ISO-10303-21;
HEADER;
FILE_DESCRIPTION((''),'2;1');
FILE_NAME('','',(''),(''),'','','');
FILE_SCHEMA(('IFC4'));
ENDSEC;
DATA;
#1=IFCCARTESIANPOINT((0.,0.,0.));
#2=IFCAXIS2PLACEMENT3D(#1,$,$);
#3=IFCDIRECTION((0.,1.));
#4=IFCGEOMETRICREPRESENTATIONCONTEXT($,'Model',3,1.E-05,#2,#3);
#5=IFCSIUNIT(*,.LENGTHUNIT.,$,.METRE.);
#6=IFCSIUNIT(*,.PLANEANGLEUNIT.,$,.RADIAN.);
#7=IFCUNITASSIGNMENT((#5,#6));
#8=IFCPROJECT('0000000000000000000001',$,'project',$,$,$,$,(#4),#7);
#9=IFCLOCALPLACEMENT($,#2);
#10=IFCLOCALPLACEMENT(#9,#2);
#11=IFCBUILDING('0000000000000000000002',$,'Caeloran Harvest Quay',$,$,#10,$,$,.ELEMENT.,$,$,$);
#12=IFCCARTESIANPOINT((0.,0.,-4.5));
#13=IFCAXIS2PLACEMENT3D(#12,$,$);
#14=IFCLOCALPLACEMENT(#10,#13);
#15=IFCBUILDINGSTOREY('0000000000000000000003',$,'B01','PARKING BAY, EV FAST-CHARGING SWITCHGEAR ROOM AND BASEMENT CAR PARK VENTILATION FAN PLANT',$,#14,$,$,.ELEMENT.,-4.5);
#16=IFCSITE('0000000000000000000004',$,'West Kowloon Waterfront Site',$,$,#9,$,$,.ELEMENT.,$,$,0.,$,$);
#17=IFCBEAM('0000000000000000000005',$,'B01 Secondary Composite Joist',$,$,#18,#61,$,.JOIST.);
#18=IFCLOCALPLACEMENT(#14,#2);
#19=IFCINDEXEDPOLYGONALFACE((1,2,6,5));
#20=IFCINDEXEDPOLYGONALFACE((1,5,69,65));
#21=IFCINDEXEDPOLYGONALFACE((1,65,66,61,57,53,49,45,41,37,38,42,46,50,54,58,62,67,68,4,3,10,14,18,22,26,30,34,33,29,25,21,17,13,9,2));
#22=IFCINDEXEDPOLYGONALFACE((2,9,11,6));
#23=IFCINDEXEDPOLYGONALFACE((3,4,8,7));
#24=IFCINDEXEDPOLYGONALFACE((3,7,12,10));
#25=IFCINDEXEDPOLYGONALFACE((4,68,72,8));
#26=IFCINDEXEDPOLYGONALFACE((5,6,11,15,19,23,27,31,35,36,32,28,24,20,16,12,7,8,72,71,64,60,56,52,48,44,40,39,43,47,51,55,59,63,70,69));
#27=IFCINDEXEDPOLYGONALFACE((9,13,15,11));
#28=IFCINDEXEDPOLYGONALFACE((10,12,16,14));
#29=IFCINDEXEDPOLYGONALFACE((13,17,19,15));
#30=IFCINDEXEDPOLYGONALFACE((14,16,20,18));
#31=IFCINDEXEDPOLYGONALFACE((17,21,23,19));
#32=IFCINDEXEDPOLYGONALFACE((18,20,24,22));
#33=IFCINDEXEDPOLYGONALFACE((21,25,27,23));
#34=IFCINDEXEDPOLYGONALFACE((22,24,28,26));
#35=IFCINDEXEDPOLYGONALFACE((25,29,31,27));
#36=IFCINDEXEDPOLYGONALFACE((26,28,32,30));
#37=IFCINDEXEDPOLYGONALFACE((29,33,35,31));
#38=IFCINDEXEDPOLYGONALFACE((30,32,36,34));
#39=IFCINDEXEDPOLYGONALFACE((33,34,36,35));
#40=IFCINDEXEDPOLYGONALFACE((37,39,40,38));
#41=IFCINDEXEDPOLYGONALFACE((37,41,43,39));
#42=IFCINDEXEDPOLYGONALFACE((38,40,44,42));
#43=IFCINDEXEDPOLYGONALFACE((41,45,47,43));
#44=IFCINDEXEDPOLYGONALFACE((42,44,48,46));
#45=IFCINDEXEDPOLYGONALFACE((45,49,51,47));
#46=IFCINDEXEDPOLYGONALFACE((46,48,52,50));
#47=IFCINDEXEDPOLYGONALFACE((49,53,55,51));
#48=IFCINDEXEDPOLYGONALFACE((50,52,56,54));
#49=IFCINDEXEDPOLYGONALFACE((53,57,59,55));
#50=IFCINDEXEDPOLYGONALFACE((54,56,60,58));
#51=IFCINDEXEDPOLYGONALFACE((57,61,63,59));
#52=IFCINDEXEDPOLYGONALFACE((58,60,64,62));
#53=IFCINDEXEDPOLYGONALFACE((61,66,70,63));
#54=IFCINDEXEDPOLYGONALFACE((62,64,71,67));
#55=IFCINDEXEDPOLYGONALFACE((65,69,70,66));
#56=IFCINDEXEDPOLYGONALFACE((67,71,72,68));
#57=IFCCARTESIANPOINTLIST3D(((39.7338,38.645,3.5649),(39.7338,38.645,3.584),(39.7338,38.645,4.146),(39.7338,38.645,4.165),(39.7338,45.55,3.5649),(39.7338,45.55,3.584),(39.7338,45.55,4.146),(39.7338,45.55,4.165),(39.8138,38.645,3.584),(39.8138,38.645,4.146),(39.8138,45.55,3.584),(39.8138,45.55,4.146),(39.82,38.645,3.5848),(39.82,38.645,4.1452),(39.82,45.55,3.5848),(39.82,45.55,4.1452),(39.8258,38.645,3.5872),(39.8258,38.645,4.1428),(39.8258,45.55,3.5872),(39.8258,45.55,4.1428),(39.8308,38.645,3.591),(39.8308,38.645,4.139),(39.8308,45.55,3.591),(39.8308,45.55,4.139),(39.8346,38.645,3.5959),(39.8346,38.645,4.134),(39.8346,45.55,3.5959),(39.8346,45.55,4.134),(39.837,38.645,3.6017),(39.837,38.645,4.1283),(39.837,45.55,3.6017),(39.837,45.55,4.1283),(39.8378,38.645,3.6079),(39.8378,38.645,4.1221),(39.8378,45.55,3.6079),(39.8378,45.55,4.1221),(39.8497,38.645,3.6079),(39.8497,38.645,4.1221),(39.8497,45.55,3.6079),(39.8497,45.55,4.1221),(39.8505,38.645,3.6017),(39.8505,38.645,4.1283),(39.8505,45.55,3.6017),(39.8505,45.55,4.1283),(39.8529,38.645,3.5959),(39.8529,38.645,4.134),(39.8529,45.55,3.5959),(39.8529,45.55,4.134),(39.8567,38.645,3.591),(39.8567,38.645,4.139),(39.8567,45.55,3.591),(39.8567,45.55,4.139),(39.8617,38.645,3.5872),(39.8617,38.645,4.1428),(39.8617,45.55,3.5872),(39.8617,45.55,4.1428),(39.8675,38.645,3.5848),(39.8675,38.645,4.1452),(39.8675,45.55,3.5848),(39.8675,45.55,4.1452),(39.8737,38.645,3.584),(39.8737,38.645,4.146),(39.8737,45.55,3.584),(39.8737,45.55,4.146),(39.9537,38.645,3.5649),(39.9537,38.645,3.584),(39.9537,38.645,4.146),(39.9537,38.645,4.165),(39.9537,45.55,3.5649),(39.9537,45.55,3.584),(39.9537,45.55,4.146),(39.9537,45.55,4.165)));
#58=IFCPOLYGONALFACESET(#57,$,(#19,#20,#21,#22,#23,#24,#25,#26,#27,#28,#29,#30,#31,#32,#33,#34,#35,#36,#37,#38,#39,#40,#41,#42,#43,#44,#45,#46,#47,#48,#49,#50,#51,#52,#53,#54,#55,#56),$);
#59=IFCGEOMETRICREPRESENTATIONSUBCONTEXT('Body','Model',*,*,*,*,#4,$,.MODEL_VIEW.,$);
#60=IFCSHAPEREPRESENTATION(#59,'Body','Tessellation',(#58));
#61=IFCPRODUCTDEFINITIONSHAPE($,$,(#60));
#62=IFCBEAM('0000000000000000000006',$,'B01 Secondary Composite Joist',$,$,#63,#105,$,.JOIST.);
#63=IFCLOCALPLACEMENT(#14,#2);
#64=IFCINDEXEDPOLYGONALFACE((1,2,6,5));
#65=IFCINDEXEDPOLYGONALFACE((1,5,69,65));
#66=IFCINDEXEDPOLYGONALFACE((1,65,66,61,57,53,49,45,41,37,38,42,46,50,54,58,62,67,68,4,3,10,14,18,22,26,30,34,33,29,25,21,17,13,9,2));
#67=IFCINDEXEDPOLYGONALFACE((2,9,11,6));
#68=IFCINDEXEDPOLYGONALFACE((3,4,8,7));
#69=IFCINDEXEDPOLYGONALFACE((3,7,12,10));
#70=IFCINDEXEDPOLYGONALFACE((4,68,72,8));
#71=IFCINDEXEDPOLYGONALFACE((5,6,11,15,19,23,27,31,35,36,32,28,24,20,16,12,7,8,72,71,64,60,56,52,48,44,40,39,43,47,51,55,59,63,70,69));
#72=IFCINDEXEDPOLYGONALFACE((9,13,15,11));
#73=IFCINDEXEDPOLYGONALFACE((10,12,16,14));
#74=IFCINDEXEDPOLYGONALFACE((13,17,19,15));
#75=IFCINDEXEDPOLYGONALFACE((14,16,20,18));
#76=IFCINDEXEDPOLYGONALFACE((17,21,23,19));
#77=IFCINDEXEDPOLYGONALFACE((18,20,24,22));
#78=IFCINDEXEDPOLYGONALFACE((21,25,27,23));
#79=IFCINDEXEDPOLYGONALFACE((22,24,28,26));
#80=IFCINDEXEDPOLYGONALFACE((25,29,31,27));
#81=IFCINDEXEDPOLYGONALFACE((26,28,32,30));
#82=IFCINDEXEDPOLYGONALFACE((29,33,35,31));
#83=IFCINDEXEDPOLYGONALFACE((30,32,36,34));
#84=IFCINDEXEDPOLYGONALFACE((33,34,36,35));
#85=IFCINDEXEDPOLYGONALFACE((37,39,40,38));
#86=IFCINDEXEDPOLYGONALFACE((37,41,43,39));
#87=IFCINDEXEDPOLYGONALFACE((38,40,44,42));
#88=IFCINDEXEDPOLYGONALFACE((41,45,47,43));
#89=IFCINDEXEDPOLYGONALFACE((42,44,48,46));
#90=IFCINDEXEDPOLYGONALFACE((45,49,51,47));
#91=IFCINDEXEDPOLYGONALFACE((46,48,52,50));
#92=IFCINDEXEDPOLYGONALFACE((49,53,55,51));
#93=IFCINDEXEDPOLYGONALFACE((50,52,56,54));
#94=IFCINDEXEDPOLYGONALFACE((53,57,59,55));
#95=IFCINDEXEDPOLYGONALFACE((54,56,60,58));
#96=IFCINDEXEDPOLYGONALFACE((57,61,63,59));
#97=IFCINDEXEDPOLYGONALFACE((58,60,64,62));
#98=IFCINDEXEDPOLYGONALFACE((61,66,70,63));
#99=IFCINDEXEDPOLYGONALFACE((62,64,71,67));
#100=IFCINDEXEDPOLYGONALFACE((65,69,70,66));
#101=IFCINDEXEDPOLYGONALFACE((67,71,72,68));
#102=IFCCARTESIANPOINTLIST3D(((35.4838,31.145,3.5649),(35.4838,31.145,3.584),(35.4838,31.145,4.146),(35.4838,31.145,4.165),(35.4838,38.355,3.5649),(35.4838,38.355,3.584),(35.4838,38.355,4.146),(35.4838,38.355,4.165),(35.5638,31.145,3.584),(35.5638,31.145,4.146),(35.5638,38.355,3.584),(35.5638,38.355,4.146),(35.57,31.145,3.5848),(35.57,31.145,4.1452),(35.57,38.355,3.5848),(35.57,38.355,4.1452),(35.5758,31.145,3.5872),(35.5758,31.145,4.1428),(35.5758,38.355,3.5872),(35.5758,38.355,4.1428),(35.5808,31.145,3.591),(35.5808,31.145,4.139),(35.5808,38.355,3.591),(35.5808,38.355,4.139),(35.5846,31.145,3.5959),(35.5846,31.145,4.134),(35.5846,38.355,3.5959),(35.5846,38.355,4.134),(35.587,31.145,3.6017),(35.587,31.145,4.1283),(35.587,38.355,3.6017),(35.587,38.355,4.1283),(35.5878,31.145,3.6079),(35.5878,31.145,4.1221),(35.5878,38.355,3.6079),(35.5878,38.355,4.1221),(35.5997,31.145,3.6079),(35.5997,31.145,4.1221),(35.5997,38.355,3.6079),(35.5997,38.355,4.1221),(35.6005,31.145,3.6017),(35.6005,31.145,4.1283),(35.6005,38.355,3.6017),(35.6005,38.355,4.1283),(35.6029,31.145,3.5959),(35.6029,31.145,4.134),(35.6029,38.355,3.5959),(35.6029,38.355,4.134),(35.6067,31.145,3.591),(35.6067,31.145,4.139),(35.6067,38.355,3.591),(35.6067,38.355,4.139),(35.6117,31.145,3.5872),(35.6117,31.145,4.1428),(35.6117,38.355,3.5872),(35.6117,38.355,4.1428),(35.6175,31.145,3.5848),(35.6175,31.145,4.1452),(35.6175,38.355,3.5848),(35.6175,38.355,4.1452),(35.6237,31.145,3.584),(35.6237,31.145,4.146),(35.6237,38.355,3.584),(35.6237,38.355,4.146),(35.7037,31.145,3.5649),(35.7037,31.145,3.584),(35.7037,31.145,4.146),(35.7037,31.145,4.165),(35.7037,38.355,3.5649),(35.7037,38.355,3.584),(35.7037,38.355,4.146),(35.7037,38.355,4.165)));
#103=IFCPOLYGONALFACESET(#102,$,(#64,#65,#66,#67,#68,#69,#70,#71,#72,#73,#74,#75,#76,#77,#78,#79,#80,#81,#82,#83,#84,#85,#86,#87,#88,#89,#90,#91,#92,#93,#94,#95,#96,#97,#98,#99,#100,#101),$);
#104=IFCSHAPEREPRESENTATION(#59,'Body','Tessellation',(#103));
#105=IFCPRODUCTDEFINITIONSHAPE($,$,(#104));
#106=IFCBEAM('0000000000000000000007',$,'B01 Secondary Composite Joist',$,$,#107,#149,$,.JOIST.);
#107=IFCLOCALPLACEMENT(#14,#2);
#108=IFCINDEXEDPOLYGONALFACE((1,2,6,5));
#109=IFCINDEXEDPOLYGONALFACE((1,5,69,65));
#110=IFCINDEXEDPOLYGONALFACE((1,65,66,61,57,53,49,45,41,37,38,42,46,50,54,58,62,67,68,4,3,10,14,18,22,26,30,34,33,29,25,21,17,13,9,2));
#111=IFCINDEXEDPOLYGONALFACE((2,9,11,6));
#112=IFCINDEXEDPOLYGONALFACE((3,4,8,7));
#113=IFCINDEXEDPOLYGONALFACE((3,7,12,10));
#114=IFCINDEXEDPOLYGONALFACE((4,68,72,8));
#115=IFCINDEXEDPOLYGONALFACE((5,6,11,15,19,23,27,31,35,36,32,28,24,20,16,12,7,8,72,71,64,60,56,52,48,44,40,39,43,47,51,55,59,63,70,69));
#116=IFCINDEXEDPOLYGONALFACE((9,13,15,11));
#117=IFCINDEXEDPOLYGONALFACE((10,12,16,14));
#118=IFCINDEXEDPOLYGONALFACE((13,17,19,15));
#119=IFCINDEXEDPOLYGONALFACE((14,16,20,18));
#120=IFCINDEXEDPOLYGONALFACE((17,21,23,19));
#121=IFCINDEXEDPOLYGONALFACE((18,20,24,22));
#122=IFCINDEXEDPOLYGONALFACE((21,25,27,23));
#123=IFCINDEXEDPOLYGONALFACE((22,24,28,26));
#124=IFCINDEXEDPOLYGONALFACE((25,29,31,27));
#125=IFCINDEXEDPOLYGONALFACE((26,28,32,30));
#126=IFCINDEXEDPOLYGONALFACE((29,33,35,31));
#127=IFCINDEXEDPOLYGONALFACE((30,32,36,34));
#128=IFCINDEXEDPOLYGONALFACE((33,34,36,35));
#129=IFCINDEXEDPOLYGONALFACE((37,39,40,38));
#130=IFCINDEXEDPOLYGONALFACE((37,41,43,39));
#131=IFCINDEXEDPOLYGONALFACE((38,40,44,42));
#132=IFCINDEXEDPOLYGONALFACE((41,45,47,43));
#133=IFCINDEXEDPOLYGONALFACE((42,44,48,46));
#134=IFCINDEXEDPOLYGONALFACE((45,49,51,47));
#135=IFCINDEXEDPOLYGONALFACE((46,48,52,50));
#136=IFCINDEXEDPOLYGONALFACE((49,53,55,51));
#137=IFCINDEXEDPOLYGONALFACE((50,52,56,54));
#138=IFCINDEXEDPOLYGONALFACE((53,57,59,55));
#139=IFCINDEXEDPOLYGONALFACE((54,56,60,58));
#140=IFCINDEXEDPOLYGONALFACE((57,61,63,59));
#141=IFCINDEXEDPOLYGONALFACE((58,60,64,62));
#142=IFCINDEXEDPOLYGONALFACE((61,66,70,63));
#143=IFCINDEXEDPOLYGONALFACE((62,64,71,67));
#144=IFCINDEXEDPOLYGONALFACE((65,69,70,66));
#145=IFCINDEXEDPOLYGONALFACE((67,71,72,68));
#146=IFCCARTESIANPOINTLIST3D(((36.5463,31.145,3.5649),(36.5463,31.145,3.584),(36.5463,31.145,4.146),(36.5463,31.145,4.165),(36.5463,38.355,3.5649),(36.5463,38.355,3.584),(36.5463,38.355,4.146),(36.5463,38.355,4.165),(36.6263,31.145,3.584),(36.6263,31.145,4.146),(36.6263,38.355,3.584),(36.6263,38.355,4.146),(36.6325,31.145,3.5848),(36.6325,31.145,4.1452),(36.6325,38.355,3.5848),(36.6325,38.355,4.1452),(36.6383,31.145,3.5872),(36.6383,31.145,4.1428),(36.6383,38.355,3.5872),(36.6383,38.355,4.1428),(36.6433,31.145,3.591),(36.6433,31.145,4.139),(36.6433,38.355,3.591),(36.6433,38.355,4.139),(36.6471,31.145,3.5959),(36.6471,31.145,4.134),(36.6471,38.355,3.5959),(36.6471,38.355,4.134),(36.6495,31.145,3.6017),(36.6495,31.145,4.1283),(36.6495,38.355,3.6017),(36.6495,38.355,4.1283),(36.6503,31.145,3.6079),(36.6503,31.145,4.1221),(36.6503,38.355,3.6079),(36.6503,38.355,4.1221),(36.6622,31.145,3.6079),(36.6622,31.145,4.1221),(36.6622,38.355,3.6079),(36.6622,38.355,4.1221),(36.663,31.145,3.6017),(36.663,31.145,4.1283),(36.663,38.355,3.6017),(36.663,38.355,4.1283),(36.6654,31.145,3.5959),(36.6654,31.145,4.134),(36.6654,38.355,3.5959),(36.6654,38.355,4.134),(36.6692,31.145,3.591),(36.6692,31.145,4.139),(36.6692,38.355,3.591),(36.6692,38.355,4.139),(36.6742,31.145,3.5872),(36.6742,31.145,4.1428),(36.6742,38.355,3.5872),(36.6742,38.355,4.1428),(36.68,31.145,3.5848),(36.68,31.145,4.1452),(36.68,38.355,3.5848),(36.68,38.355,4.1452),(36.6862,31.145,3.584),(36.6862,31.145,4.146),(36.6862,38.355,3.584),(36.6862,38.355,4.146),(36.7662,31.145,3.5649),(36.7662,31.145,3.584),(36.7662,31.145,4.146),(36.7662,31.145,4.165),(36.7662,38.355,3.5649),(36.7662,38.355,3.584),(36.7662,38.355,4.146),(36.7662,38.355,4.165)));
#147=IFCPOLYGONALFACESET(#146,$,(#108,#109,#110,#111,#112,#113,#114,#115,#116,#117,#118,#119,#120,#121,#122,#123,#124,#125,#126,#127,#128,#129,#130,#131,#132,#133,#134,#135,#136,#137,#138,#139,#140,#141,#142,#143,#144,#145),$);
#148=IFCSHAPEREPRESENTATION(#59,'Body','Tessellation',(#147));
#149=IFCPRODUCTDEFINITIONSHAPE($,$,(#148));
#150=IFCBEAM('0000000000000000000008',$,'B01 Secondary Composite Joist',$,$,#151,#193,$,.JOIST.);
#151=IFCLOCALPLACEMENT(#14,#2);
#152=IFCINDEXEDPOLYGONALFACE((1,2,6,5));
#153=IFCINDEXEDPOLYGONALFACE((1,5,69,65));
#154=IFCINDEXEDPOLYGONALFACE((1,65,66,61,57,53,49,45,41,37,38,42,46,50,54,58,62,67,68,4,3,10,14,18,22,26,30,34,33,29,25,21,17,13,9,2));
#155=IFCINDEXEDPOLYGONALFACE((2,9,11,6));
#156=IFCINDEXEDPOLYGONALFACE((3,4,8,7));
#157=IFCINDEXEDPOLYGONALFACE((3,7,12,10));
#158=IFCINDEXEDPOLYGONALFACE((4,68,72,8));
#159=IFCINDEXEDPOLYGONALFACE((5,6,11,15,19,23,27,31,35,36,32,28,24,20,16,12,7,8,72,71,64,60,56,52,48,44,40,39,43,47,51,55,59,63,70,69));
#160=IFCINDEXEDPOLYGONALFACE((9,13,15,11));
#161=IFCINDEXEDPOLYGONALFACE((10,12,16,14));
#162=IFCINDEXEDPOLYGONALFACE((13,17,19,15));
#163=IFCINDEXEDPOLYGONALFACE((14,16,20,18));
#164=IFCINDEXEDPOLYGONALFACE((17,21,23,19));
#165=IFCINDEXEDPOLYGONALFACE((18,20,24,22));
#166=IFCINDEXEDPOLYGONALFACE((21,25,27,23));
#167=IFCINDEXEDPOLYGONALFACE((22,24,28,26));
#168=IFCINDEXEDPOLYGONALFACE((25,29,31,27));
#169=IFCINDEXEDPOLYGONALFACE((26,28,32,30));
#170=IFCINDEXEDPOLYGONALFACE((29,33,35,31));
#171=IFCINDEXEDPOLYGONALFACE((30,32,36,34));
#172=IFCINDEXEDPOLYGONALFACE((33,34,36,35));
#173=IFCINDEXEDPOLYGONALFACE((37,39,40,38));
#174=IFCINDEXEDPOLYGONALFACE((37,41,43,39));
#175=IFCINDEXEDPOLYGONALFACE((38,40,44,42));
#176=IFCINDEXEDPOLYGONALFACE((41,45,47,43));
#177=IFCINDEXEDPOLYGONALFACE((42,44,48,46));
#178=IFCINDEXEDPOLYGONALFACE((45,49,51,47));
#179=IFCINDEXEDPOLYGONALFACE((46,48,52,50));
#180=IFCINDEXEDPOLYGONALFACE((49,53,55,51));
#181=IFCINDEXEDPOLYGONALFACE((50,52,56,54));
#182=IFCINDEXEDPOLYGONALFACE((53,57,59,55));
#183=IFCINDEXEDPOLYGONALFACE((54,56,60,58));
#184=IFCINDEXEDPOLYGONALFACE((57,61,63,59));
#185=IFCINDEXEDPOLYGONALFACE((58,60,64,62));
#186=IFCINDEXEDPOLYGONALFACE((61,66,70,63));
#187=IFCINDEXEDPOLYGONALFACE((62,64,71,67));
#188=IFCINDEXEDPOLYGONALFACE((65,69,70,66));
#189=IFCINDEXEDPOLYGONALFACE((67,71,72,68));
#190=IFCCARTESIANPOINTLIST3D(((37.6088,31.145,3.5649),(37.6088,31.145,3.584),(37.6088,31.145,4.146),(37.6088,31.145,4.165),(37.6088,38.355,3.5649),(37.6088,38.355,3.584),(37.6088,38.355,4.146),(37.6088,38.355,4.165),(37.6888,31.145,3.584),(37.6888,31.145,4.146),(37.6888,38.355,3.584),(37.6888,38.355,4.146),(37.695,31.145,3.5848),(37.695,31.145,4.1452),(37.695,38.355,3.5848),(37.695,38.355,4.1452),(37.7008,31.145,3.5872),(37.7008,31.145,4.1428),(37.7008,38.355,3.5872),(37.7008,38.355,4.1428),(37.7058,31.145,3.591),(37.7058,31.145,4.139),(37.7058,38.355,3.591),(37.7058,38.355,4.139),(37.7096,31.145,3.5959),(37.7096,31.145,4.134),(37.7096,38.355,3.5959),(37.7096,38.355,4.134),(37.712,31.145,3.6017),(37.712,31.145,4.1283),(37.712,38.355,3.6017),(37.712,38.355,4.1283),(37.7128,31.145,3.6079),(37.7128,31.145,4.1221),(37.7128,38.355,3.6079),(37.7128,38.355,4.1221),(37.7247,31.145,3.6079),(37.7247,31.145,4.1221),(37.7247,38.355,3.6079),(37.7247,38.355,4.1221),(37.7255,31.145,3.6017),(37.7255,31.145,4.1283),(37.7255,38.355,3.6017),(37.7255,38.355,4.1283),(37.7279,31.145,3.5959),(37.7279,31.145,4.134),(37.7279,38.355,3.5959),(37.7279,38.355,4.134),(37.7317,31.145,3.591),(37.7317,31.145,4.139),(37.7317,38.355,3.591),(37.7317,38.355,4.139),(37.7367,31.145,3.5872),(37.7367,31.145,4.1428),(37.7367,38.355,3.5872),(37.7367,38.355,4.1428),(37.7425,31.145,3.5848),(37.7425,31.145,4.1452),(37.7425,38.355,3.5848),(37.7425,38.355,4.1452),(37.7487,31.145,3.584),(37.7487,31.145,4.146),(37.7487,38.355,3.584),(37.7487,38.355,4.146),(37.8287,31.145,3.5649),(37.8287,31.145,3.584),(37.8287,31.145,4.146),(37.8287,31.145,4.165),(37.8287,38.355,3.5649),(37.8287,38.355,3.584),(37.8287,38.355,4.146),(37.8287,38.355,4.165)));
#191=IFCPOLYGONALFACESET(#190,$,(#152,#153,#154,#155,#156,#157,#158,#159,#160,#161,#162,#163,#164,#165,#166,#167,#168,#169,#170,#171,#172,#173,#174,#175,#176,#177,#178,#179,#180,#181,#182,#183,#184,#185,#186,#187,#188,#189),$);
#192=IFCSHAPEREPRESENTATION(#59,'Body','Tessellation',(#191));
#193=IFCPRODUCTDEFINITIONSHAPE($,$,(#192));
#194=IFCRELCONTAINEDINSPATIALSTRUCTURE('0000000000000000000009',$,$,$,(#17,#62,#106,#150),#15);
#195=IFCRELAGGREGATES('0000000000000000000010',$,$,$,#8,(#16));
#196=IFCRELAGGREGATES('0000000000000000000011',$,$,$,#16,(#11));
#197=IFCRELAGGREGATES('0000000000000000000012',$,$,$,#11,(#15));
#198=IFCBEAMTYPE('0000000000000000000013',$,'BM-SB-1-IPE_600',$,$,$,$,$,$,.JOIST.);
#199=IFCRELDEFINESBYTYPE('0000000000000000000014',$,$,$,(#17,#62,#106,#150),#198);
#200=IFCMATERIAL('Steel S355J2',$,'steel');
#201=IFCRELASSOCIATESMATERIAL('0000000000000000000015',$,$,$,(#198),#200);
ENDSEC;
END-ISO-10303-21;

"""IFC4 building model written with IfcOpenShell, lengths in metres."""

from ifc_helpers import new_model, si_unit, direction, frame, origin, origin_2d, place, context, subcontext, project, spatial, i_section, extrude, material, material_profile, profile_set, type_object, element, save


model = new_model("IFC4")

# Units and contexts
model_context = context("Model", 3, precision=1e-05, world=origin(), true_north=direction((0.0, 1.0)))
body_context = subcontext(model_context, "Body", "Model", "MODEL_VIEW")
ifc_project = project(units=[si_unit("LENGTHUNIT", "METRE"), si_unit("PLANEANGLEUNIT", "RADIAN")], contexts=[model_context])

# Site, building, storey
site_placement = place(None, origin())
site = spatial("IfcSite", under=ifc_project, at=site_placement, Name="West Kowloon Waterfront Site", CompositionType="ELEMENT", RefElevation=0.0)
building_placement = place(site_placement, origin())
building = spatial("IfcBuilding", under=site, at=building_placement, Name="Caeloran Harvest Quay", CompositionType="ELEMENT")
storey_placement = place(building_placement, frame((0.0, 0.0, -4.5)))
storey = spatial("IfcBuildingStorey", under=building, at=storey_placement, Name="B01", Description="PARKING BAY, EV FAST-CHARGING SWITCHGEAR ROOM AND BASEMENT CAR PARK VENTILATION FAN PLANT", CompositionType="ELEMENT", Elevation=-4.5)

# Beams
ifc_material_1 = material(Name="Steel S355J2", Category="steel")
ifc_material_profile_1 = material_profile(ifc_material_1, i_section(OverallWidth=0.22, OverallDepth=0.6001, WebThickness=0.012, FlangeThickness=0.019, FilletRadius=0.0239, at=origin_2d()), Name="IPE 600")
ifc_profile_set_1 = profile_set([ifc_material_profile_1], Name="Steel S355J2")
beam_type_1 = type_object("IfcBeamType", Name="BM-SB-1-IPE_600", PredefinedType="JOIST", material=ifc_profile_set_1)
for number, where, z_axis, x_axis, name in (
    (1, (39.8438, 38.645, 3.865), (0.0, 1.0, 0.0), (-1.0, 0.0, 0.0), "B01 Secondary Composite Joist"),
):
    element("IfcBeam", number, at=place(storey_placement, frame(where, z_axis=z_axis, x_axis=x_axis)), inside=storey, type_object=beam_type_1, Name=name, PredefinedType="JOIST", context=body_context, shape_type="SweptSolid", body=[
        extrude(i_section(OverallWidth=0.22, OverallDepth=0.6001, WebThickness=0.012, FlangeThickness=0.019, FilletRadius=0.0239, at=origin_2d()), origin(), (0.0, 0.0, 1.0), 6.905),
    ])
for number, where, z_axis, x_axis, name in (
    (2, (35.5938, 31.145, 3.865), (0.0, 1.0, 0.0), (-1.0, 0.0, 0.0), "B01 Secondary Composite Joist"),
    (3, (36.6562, 31.145, 3.865), (0.0, 1.0, 0.0), (-1.0, 0.0, 0.0), "B01 Secondary Composite Joist"),
    (4, (37.7188, 31.145, 3.865), (0.0, 1.0, 0.0), (-1.0, 0.0, 0.0), "B01 Secondary Composite Joist"),
):
    element("IfcBeam", number, at=place(storey_placement, frame(where, z_axis=z_axis, x_axis=x_axis)), inside=storey, type_object=beam_type_1, Name=name, PredefinedType="JOIST", context=body_context, shape_type="SweptSolid", body=[
        extrude(i_section(OverallWidth=0.22, OverallDepth=0.6001, WebThickness=0.012, FlangeThickness=0.019, FilletRadius=0.0239, at=origin_2d()), origin(), (0.0, 0.0, 1.0), 7.21),
    ])

save(model, "model.ifc")
